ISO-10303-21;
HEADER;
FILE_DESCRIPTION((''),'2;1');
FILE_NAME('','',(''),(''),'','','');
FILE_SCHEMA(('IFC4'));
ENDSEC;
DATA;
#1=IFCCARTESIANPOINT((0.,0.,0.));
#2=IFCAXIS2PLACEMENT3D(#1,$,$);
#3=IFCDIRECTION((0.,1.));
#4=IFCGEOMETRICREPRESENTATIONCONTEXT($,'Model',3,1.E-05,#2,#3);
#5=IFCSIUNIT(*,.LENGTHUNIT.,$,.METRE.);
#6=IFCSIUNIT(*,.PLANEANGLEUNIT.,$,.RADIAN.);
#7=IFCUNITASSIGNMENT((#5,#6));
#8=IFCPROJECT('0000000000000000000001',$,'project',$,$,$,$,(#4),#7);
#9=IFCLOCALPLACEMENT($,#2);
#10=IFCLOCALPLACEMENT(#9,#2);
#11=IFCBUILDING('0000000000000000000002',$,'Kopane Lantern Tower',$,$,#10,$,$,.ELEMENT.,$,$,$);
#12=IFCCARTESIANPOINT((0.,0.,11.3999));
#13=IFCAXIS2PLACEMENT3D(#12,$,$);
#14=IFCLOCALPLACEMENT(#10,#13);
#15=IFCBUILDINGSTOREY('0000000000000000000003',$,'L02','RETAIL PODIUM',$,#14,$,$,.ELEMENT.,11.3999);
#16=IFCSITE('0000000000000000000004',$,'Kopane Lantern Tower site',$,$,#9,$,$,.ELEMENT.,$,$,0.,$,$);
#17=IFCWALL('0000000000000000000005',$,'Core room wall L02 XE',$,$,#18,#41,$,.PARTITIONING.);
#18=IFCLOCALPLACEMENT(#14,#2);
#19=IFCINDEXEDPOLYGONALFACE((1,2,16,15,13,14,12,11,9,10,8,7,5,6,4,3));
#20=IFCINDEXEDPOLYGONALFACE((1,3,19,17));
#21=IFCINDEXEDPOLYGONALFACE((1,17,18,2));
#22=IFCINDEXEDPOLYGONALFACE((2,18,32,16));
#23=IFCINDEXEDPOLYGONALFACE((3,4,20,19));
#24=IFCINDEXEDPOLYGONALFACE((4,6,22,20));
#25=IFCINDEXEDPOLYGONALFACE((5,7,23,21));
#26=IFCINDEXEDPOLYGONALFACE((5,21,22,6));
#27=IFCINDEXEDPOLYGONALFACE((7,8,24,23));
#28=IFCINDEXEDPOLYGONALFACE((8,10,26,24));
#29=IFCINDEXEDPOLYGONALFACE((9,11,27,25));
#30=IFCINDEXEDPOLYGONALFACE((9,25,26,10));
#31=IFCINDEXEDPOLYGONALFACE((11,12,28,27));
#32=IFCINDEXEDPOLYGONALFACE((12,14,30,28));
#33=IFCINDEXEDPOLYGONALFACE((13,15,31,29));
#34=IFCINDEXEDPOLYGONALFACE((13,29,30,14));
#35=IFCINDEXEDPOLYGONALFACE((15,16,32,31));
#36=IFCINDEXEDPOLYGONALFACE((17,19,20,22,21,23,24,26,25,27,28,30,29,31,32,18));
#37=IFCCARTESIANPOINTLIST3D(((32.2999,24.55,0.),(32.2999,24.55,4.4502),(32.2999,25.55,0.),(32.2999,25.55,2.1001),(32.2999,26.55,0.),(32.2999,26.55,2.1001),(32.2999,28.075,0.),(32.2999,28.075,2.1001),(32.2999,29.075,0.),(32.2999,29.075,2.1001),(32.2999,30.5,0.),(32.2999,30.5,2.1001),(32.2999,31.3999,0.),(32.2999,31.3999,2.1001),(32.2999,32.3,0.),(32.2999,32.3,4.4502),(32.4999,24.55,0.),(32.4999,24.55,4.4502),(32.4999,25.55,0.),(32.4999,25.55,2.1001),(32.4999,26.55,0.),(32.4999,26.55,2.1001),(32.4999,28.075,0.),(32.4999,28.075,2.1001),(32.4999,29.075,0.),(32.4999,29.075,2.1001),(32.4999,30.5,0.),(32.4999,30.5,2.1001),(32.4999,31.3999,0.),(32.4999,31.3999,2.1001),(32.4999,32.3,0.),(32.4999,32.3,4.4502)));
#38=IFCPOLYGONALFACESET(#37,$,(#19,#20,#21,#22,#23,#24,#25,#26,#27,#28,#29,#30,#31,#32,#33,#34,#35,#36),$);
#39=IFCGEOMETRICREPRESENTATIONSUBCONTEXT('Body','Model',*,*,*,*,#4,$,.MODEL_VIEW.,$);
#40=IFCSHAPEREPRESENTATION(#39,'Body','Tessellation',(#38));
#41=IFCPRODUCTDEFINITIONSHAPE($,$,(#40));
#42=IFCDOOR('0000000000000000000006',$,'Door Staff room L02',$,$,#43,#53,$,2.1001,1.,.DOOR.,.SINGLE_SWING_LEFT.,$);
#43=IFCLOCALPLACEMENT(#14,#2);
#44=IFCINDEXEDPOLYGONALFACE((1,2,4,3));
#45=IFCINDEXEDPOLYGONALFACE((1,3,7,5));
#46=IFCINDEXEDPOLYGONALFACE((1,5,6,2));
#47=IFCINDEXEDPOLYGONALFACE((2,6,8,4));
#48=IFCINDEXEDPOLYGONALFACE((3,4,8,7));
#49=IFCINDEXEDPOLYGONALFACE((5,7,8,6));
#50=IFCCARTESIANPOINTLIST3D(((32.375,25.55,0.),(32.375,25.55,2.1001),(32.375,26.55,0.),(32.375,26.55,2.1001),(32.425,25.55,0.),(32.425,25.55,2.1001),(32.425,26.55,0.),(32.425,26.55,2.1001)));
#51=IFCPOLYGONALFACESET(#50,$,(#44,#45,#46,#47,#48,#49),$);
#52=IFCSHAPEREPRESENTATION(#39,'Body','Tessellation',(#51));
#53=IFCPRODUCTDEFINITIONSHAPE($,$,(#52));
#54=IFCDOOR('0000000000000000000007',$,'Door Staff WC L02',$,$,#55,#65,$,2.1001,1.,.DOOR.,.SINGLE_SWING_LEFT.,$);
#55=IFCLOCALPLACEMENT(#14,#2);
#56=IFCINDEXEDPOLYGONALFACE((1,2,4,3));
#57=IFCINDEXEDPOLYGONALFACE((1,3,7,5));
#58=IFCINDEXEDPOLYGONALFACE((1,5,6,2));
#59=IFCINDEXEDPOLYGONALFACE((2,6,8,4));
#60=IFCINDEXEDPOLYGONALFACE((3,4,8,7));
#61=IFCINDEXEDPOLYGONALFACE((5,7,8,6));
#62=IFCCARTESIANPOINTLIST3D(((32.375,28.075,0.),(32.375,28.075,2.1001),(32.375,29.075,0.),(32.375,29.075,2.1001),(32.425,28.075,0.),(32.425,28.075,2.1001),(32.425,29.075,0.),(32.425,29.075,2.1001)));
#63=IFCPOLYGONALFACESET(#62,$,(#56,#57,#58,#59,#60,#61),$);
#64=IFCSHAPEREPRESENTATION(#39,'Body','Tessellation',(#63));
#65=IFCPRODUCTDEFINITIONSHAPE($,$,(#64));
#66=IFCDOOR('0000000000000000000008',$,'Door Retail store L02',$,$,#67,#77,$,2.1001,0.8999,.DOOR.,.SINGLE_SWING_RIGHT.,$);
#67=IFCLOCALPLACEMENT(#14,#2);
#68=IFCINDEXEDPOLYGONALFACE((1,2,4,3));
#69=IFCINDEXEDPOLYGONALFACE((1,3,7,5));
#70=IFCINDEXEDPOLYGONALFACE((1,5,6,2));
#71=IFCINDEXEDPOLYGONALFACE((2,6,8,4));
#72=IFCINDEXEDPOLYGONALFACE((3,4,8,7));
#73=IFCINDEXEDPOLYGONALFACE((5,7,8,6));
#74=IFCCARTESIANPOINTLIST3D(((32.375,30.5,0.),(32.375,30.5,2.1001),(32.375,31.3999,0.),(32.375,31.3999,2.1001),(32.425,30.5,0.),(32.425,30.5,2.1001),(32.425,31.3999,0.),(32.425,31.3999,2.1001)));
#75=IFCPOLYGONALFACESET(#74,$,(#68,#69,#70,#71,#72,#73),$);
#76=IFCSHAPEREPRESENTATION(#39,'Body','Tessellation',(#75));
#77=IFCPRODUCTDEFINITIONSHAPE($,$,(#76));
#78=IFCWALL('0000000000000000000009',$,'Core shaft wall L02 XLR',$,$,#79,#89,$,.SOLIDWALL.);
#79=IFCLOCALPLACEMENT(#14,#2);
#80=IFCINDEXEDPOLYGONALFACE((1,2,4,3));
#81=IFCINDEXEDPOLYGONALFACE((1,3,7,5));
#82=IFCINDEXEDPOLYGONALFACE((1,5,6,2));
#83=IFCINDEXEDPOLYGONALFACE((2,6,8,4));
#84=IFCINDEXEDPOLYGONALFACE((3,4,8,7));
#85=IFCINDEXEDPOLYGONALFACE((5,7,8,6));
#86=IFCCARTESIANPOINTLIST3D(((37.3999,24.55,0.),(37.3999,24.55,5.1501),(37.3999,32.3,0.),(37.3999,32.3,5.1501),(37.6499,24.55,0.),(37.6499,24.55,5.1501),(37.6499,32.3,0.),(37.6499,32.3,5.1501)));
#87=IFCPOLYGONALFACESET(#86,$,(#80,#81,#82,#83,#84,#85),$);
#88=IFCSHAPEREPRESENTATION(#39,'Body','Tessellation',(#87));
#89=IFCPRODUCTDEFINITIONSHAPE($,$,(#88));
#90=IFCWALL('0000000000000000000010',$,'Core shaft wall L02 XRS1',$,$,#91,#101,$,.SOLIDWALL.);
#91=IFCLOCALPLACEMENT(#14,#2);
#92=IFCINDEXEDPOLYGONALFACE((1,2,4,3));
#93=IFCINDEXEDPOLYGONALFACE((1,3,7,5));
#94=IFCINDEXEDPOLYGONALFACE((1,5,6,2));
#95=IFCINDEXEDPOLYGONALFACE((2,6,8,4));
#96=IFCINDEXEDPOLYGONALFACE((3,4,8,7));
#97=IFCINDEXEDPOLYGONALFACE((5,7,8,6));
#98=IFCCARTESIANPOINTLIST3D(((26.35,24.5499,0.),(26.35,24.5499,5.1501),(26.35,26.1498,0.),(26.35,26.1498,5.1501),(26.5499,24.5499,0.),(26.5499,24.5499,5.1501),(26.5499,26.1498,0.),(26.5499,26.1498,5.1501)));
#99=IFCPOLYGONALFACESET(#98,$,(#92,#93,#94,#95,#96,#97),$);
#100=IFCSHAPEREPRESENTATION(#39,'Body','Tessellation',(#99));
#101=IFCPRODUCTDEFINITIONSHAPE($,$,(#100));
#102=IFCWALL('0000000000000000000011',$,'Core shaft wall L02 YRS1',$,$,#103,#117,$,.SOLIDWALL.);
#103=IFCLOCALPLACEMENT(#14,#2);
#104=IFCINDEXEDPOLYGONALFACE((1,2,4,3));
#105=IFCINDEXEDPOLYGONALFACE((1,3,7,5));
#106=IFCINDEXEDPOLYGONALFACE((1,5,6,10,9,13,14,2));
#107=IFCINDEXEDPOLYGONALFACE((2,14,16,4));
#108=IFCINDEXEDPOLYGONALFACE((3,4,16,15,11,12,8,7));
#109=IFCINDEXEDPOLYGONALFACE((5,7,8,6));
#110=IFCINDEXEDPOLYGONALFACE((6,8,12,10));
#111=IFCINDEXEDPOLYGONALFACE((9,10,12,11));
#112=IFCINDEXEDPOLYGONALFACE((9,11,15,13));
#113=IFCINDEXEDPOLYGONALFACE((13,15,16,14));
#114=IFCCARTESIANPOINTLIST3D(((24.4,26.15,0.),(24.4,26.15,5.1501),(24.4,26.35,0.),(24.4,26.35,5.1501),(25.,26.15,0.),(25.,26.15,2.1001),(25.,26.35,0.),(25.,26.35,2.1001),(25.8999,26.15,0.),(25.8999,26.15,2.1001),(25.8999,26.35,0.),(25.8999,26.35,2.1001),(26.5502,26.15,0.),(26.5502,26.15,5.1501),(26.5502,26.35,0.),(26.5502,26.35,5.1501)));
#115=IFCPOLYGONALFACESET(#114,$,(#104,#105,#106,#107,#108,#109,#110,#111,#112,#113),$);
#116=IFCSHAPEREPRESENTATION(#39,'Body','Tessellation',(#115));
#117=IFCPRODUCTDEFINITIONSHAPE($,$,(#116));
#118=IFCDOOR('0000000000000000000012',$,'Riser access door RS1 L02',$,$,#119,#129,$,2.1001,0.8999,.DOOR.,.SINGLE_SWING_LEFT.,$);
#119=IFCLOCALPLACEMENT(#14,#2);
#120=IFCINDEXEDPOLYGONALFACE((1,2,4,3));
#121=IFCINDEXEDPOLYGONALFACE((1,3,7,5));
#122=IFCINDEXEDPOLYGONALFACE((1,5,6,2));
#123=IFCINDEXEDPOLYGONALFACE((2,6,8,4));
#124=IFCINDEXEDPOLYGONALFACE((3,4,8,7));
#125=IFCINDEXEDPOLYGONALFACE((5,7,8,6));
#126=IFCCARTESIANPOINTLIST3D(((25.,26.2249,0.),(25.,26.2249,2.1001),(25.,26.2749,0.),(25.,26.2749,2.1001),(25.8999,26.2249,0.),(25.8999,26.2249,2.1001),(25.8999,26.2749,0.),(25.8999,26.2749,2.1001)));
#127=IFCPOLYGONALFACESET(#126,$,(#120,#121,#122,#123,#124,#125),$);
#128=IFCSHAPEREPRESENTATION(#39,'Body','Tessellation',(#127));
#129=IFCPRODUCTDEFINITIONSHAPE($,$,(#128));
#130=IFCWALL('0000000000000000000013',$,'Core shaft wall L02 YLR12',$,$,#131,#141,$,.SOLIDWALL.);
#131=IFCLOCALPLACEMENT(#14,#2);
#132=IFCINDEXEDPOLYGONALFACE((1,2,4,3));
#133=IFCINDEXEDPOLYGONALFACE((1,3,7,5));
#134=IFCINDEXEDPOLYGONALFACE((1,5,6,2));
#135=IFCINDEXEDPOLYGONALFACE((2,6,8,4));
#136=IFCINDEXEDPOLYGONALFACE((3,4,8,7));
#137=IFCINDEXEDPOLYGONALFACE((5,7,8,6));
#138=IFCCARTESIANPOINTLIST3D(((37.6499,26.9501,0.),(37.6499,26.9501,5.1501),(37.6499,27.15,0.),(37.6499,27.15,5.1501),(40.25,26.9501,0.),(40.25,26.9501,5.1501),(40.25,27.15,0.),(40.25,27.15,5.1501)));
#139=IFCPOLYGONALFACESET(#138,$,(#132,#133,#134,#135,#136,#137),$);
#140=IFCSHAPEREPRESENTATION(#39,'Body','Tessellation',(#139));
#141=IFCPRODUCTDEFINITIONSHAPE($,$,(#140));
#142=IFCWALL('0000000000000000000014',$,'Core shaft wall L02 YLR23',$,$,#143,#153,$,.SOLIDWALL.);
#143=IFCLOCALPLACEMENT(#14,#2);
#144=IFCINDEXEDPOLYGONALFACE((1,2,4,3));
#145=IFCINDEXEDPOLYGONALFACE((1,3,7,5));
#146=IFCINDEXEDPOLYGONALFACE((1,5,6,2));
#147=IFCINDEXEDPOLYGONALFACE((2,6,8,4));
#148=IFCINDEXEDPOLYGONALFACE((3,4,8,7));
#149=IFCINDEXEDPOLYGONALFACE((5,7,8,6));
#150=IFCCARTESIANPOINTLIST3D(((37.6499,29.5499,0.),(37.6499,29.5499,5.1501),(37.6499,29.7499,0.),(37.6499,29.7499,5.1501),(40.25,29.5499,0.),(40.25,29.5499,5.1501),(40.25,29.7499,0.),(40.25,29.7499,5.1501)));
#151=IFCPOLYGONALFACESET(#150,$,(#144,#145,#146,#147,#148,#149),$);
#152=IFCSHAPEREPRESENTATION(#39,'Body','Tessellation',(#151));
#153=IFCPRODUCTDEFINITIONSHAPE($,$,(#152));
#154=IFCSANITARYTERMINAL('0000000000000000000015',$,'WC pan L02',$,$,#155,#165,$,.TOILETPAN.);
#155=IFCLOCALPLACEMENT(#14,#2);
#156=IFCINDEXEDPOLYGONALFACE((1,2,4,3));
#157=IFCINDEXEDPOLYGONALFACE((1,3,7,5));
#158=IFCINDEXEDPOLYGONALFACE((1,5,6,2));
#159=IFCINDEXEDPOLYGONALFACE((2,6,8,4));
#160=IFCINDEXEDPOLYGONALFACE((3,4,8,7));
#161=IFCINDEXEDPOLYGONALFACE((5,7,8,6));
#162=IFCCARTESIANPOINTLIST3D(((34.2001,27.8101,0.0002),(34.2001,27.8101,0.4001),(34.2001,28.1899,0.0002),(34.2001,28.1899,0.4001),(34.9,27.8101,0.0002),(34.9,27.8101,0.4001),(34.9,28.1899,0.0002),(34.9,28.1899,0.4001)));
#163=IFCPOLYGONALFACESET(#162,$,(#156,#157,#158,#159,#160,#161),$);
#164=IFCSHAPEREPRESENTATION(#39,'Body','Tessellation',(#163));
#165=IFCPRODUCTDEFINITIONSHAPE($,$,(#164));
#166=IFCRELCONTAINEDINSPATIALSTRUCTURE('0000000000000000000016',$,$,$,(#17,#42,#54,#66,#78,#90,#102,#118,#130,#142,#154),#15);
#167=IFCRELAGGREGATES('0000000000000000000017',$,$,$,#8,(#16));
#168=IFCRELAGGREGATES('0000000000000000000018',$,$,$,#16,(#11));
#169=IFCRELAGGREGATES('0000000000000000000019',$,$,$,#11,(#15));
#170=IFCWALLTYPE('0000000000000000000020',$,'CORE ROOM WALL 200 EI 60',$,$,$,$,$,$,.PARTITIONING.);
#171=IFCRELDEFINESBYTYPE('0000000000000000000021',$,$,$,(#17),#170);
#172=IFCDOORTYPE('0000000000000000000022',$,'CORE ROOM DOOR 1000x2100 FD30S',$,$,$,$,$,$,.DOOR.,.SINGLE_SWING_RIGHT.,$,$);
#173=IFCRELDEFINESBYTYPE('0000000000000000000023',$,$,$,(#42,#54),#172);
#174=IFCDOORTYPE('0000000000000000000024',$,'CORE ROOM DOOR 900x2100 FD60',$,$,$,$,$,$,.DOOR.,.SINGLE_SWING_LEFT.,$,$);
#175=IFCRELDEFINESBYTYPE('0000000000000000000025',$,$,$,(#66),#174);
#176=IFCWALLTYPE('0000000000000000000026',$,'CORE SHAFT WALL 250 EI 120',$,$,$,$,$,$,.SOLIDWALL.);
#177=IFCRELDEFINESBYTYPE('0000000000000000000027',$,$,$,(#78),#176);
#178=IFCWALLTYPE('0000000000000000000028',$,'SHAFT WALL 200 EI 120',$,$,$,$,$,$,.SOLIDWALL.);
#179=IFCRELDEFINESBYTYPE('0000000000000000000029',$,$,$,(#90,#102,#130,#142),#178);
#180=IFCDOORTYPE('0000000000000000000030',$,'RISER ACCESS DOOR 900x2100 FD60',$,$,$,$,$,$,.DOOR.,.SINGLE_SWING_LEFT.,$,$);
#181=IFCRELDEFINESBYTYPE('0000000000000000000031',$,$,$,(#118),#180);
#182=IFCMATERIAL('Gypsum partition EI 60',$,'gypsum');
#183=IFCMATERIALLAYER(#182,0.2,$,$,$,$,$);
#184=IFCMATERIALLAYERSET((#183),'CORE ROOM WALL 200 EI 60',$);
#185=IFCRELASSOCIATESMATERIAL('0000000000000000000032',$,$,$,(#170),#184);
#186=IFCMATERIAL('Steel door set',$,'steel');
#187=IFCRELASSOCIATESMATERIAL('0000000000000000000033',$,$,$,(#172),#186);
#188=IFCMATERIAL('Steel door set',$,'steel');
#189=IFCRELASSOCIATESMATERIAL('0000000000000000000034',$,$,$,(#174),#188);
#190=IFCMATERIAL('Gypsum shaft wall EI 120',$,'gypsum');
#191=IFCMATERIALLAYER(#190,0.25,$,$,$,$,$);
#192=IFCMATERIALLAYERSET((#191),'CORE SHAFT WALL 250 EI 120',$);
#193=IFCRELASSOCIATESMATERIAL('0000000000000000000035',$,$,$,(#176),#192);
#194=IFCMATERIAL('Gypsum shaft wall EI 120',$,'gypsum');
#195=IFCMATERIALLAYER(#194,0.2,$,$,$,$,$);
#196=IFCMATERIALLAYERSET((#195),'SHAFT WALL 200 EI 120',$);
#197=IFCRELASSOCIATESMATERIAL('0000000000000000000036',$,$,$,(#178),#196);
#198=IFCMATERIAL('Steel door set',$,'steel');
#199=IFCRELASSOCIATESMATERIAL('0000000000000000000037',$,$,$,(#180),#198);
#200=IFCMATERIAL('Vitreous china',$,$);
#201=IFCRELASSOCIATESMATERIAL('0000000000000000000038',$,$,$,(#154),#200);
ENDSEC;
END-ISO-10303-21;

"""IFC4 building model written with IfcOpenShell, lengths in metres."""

from ifc_helpers import new_model, si_unit, direction, frame, frame_2d, origin, origin_2d, place, context, subcontext, project, spatial, rectangle, extrude, material, layer, layer_set, type_object, element, fill, save


model = new_model("IFC4")

# Units and contexts
model_context = context("Model", 3, precision=1e-05, world=origin(), true_north=direction((0.0, 1.0)))
body_context = subcontext(model_context, "Body", "Model", "MODEL_VIEW")
ifc_project = project(units=[si_unit("LENGTHUNIT", "METRE"), si_unit("PLANEANGLEUNIT", "RADIAN")], contexts=[model_context])

# Site, building, storey
site_placement = place(None, origin())
site = spatial("IfcSite", under=ifc_project, at=site_placement, Name="Kopane Lantern Tower site", CompositionType="ELEMENT", RefElevation=0.0)
building_placement = place(site_placement, origin())
building = spatial("IfcBuilding", under=site, at=building_placement, Name="Kopane Lantern Tower", CompositionType="ELEMENT")
storey_placement = place(building_placement, frame((0.0, 0.0, 11.3999)))
storey = spatial("IfcBuildingStorey", under=building, at=storey_placement, Name="L02", Description="RETAIL PODIUM", CompositionType="ELEMENT", Elevation=11.3999)

# Wall, openings, doors
ifc_material_1 = material(Name="Gypsum partition EI 60", Category="gypsum")
ifc_layer_1 = layer(ifc_material_1, 0.2)
ifc_layer_set_1 = layer_set([ifc_layer_1], Name="CORE ROOM WALL 200 EI 60")
wall_type_1 = type_object("IfcWallType", Name="CORE ROOM WALL 200 EI 60", PredefinedType="PARTITIONING", material=ifc_layer_set_1)
wall_1_placement = place(storey_placement, frame((32.3999, 24.55, 0.0), z_axis=(0.0, 0.0, 1.0), x_axis=(0.0, 1.0, 0.0)))
wall_1 = element("IfcWall", 1, at=wall_1_placement, inside=storey, type_object=wall_type_1, Name="Core room wall L02 XE", PredefinedType="PARTITIONING", context=body_context, shape_type="SweptSolid", body=[
    extrude(rectangle(XDim=7.75, YDim=0.2, at=frame_2d((3.875, 0.0))), origin(), (0.0, 0.0, 1.0), 4.4502),
])
opening_1_placement = place(wall_1_placement, frame((1.0, 0.0, 0.0)))
opening_1 = element("IfcOpeningElement", 2, at=opening_1_placement, cuts=wall_1, PredefinedType="OPENING", context=body_context, shape_type="SweptSolid", body=[
    extrude(rectangle(XDim=1.0, YDim=2.1001, at=frame_2d((0.5, 1.05))), frame((0.0, 0.1099, 0.0), z_axis=(0.0, -1.0, 0.0), x_axis=(1.0, 0.0, 0.0)), (0.0, 0.0, 1.0), 0.22),
])
opening_2_placement = place(wall_1_placement, frame((3.5249, 0.0, 0.0)))
opening_2 = element("IfcOpeningElement", 3, at=opening_2_placement, cuts=wall_1, PredefinedType="OPENING", context=body_context, shape_type="SweptSolid", body=[
    extrude(rectangle(XDim=1.0, YDim=2.1001, at=frame_2d((0.5, 1.05))), frame((0.0, 0.1099, 0.0), z_axis=(0.0, -1.0, 0.0), x_axis=(1.0, 0.0, 0.0)), (0.0, 0.0, 1.0), 0.22),
])
opening_3_placement = place(wall_1_placement, frame((5.95, 0.0, 0.0)))
opening_3 = element("IfcOpeningElement", 4, at=opening_3_placement, cuts=wall_1, PredefinedType="OPENING", context=body_context, shape_type="SweptSolid", body=[
    extrude(rectangle(XDim=0.8999, YDim=2.1001, at=frame_2d((0.45, 1.05))), frame((0.0, 0.1099, 0.0), z_axis=(0.0, -1.0, 0.0), x_axis=(1.0, 0.0, 0.0)), (0.0, 0.0, 1.0), 0.22),
])
ifc_material_2 = material(Name="Steel door set", Category="steel")
door_type_1 = type_object("IfcDoorType", Name="CORE ROOM DOOR 1000x2100 FD30S", OperationType="SINGLE_SWING_RIGHT", PredefinedType="DOOR", material=ifc_material_2)
door_1_placement = place(opening_1_placement, origin())
door_1 = element("IfcDoor", 5, at=door_1_placement, inside=storey, type_object=door_type_1, Name="Door Staff room L02", OperationType="SINGLE_SWING_LEFT", OverallHeight=2.1001, OverallWidth=1.0, PredefinedType="DOOR", context=body_context, shape_type="SweptSolid", body=[
    extrude(rectangle(XDim=1.0, YDim=2.1001, at=frame_2d((0.5, 1.05))), frame((0.0, 0.0249, 0.0), z_axis=(0.0, -1.0, 0.0), x_axis=(1.0, 0.0, 0.0)), (0.0, 0.0, 1.0), 0.05),
])
fill(opening_1, door_1)
door_2_placement = place(opening_2_placement, origin())
door_2 = element("IfcDoor", 6, at=door_2_placement, inside=storey, type_object=door_type_1, Name="Door Staff WC L02", OperationType="SINGLE_SWING_LEFT", OverallHeight=2.1001, OverallWidth=1.0, PredefinedType="DOOR", context=body_context, shape_type="SweptSolid", body=[
    extrude(rectangle(XDim=1.0, YDim=2.1001, at=frame_2d((0.5, 1.05))), frame((0.0, 0.0249, 0.0), z_axis=(0.0, -1.0, 0.0), x_axis=(1.0, 0.0, 0.0)), (0.0, 0.0, 1.0), 0.05),
])
fill(opening_2, door_2)
ifc_material_3 = material(Name="Steel door set", Category="steel")
door_type_2 = type_object("IfcDoorType", Name="CORE ROOM DOOR 900x2100 FD60", OperationType="SINGLE_SWING_LEFT", PredefinedType="DOOR", material=ifc_material_3)
door_3_placement = place(opening_3_placement, origin())
door_3 = element("IfcDoor", 7, at=door_3_placement, inside=storey, type_object=door_type_2, Name="Door Retail store L02", OperationType="SINGLE_SWING_RIGHT", OverallHeight=2.1001, OverallWidth=0.8999, PredefinedType="DOOR", context=body_context, shape_type="SweptSolid", body=[
    extrude(rectangle(XDim=0.8999, YDim=2.1001, at=frame_2d((0.45, 1.05))), frame((0.0, 0.0249, 0.0), z_axis=(0.0, -1.0, 0.0), x_axis=(1.0, 0.0, 0.0)), (0.0, 0.0, 1.0), 0.05),
])
fill(opening_3, door_3)

# Walls
ifc_material_4 = material(Name="Gypsum shaft wall EI 120", Category="gypsum")
ifc_layer_2 = layer(ifc_material_4, 0.25)
ifc_layer_set_2 = layer_set([ifc_layer_2], Name="CORE SHAFT WALL 250 EI 120")
wall_type_2 = type_object("IfcWallType", Name="CORE SHAFT WALL 250 EI 120", PredefinedType="SOLIDWALL", material=ifc_layer_set_2)
wall_2_placement = place(storey_placement, frame((37.5249, 24.55, 0.0), z_axis=(0.0, 0.0, 1.0), x_axis=(0.0, 1.0, 0.0)))
element("IfcWall", 8, at=wall_2_placement, inside=storey, type_object=wall_type_2, Name="Core shaft wall L02 XLR", PredefinedType="SOLIDWALL", context=body_context, shape_type="SweptSolid", body=[
    extrude(rectangle(XDim=7.75, YDim=0.25, at=frame_2d((3.875, 0.0))), origin(), (0.0, 0.0, 1.0), 5.1501),
])
ifc_material_5 = material(Name="Gypsum shaft wall EI 120", Category="gypsum")
ifc_layer_3 = layer(ifc_material_5, 0.2)
ifc_layer_set_3 = layer_set([ifc_layer_3], Name="SHAFT WALL 200 EI 120")
wall_type_3 = type_object("IfcWallType", Name="SHAFT WALL 200 EI 120", PredefinedType="SOLIDWALL", material=ifc_layer_set_3)
wall_3_placement = place(storey_placement, frame((26.45, 24.55, 0.0), z_axis=(0.0, 0.0, 1.0), x_axis=(0.0, 1.0, 0.0)))
element("IfcWall", 9, at=wall_3_placement, inside=storey, type_object=wall_type_3, Name="Core shaft wall L02 XRS1", PredefinedType="SOLIDWALL", context=body_context, shape_type="SweptSolid", body=[
    extrude(rectangle(XDim=1.5999, YDim=0.2, at=frame_2d((0.7998, 0.0))), origin(), (0.0, 0.0, 1.0), 5.1501),
])

# Wall, opening, door
wall_4_placement = place(storey_placement, frame((24.3999, 26.25, 0.0), z_axis=(0.0, 0.0, 1.0), x_axis=(1.0, 0.0, 0.0)))
wall_4 = element("IfcWall", 10, at=wall_4_placement, inside=storey, type_object=wall_type_3, Name="Core shaft wall L02 YRS1", PredefinedType="SOLIDWALL", context=body_context, shape_type="SweptSolid", body=[
    extrude(rectangle(XDim=2.1501, YDim=0.2, at=frame_2d((1.0752, 0.0))), origin(), (0.0, 0.0, 1.0), 5.1501),
])
opening_4_placement = place(wall_4_placement, frame((0.6001, 0.0, 0.0)))
opening_4 = element("IfcOpeningElement", 11, at=opening_4_placement, cuts=wall_4, PredefinedType="OPENING", context=body_context, shape_type="SweptSolid", body=[
    extrude(rectangle(XDim=0.8999, YDim=2.1001, at=frame_2d((0.45, 1.05))), frame((0.0, 0.1099, 0.0), z_axis=(0.0, -1.0, 0.0), x_axis=(1.0, 0.0, 0.0)), (0.0, 0.0, 1.0), 0.22),
])
ifc_material_6 = material(Name="Steel door set", Category="steel")
door_type_3 = type_object("IfcDoorType", Name="RISER ACCESS DOOR 900x2100 FD60", OperationType="SINGLE_SWING_LEFT", PredefinedType="DOOR", material=ifc_material_6)
door_4_placement = place(opening_4_placement, origin())
door_4 = element("IfcDoor", 12, at=door_4_placement, inside=storey, type_object=door_type_3, Name="Riser access door RS1 L02", OperationType="SINGLE_SWING_LEFT", OverallHeight=2.1001, OverallWidth=0.8999, PredefinedType="DOOR", context=body_context, shape_type="SweptSolid", body=[
    extrude(rectangle(XDim=0.8999, YDim=2.1001, at=frame_2d((0.45, 1.05))), frame((0.0, 0.0249, 0.0), z_axis=(0.0, -1.0, 0.0), x_axis=(1.0, 0.0, 0.0)), (0.0, 0.0, 1.0), 0.05),
])
fill(opening_4, door_4)

# Walls
for number, where, z_axis, x_axis, name in (
    (13, (37.6499, 27.05, 0.0), (0.0, 0.0, 1.0), (1.0, 0.0, 0.0), "Core shaft wall L02 YLR12"),
    (14, (37.6499, 29.6499, 0.0), (0.0, 0.0, 1.0), (1.0, 0.0, 0.0), "Core shaft wall L02 YLR23"),
):
    element("IfcWall", number, at=place(storey_placement, frame(where, z_axis=z_axis, x_axis=x_axis)), inside=storey, type_object=wall_type_3, Name=name, PredefinedType="SOLIDWALL", context=body_context, shape_type="SweptSolid", body=[
        extrude(rectangle(XDim=2.6001, YDim=0.2, at=frame_2d((1.3, 0.0))), origin(), (0.0, 0.0, 1.0), 5.1501),
    ])

# Sanitary terminal
ifc_material_7 = material(Name="Vitreous china")
sanitary_terminal_1_placement = place(storey_placement, frame((34.55, 28.0, 0.0002), z_axis=(0.0, 0.0, 1.0), x_axis=(1.0, 0.0, 0.0)))
element("IfcSanitaryTerminal", 15, at=sanitary_terminal_1_placement, inside=storey, material=ifc_material_7, Name="WC pan L02", PredefinedType="TOILETPAN", context=body_context, shape_type="SweptSolid", body=[
    extrude(rectangle(XDim=0.7, YDim=0.3799, at=origin_2d()), origin(), (0.0, 0.0, 1.0), 0.3999),
])

save(model, "model.ifc")
